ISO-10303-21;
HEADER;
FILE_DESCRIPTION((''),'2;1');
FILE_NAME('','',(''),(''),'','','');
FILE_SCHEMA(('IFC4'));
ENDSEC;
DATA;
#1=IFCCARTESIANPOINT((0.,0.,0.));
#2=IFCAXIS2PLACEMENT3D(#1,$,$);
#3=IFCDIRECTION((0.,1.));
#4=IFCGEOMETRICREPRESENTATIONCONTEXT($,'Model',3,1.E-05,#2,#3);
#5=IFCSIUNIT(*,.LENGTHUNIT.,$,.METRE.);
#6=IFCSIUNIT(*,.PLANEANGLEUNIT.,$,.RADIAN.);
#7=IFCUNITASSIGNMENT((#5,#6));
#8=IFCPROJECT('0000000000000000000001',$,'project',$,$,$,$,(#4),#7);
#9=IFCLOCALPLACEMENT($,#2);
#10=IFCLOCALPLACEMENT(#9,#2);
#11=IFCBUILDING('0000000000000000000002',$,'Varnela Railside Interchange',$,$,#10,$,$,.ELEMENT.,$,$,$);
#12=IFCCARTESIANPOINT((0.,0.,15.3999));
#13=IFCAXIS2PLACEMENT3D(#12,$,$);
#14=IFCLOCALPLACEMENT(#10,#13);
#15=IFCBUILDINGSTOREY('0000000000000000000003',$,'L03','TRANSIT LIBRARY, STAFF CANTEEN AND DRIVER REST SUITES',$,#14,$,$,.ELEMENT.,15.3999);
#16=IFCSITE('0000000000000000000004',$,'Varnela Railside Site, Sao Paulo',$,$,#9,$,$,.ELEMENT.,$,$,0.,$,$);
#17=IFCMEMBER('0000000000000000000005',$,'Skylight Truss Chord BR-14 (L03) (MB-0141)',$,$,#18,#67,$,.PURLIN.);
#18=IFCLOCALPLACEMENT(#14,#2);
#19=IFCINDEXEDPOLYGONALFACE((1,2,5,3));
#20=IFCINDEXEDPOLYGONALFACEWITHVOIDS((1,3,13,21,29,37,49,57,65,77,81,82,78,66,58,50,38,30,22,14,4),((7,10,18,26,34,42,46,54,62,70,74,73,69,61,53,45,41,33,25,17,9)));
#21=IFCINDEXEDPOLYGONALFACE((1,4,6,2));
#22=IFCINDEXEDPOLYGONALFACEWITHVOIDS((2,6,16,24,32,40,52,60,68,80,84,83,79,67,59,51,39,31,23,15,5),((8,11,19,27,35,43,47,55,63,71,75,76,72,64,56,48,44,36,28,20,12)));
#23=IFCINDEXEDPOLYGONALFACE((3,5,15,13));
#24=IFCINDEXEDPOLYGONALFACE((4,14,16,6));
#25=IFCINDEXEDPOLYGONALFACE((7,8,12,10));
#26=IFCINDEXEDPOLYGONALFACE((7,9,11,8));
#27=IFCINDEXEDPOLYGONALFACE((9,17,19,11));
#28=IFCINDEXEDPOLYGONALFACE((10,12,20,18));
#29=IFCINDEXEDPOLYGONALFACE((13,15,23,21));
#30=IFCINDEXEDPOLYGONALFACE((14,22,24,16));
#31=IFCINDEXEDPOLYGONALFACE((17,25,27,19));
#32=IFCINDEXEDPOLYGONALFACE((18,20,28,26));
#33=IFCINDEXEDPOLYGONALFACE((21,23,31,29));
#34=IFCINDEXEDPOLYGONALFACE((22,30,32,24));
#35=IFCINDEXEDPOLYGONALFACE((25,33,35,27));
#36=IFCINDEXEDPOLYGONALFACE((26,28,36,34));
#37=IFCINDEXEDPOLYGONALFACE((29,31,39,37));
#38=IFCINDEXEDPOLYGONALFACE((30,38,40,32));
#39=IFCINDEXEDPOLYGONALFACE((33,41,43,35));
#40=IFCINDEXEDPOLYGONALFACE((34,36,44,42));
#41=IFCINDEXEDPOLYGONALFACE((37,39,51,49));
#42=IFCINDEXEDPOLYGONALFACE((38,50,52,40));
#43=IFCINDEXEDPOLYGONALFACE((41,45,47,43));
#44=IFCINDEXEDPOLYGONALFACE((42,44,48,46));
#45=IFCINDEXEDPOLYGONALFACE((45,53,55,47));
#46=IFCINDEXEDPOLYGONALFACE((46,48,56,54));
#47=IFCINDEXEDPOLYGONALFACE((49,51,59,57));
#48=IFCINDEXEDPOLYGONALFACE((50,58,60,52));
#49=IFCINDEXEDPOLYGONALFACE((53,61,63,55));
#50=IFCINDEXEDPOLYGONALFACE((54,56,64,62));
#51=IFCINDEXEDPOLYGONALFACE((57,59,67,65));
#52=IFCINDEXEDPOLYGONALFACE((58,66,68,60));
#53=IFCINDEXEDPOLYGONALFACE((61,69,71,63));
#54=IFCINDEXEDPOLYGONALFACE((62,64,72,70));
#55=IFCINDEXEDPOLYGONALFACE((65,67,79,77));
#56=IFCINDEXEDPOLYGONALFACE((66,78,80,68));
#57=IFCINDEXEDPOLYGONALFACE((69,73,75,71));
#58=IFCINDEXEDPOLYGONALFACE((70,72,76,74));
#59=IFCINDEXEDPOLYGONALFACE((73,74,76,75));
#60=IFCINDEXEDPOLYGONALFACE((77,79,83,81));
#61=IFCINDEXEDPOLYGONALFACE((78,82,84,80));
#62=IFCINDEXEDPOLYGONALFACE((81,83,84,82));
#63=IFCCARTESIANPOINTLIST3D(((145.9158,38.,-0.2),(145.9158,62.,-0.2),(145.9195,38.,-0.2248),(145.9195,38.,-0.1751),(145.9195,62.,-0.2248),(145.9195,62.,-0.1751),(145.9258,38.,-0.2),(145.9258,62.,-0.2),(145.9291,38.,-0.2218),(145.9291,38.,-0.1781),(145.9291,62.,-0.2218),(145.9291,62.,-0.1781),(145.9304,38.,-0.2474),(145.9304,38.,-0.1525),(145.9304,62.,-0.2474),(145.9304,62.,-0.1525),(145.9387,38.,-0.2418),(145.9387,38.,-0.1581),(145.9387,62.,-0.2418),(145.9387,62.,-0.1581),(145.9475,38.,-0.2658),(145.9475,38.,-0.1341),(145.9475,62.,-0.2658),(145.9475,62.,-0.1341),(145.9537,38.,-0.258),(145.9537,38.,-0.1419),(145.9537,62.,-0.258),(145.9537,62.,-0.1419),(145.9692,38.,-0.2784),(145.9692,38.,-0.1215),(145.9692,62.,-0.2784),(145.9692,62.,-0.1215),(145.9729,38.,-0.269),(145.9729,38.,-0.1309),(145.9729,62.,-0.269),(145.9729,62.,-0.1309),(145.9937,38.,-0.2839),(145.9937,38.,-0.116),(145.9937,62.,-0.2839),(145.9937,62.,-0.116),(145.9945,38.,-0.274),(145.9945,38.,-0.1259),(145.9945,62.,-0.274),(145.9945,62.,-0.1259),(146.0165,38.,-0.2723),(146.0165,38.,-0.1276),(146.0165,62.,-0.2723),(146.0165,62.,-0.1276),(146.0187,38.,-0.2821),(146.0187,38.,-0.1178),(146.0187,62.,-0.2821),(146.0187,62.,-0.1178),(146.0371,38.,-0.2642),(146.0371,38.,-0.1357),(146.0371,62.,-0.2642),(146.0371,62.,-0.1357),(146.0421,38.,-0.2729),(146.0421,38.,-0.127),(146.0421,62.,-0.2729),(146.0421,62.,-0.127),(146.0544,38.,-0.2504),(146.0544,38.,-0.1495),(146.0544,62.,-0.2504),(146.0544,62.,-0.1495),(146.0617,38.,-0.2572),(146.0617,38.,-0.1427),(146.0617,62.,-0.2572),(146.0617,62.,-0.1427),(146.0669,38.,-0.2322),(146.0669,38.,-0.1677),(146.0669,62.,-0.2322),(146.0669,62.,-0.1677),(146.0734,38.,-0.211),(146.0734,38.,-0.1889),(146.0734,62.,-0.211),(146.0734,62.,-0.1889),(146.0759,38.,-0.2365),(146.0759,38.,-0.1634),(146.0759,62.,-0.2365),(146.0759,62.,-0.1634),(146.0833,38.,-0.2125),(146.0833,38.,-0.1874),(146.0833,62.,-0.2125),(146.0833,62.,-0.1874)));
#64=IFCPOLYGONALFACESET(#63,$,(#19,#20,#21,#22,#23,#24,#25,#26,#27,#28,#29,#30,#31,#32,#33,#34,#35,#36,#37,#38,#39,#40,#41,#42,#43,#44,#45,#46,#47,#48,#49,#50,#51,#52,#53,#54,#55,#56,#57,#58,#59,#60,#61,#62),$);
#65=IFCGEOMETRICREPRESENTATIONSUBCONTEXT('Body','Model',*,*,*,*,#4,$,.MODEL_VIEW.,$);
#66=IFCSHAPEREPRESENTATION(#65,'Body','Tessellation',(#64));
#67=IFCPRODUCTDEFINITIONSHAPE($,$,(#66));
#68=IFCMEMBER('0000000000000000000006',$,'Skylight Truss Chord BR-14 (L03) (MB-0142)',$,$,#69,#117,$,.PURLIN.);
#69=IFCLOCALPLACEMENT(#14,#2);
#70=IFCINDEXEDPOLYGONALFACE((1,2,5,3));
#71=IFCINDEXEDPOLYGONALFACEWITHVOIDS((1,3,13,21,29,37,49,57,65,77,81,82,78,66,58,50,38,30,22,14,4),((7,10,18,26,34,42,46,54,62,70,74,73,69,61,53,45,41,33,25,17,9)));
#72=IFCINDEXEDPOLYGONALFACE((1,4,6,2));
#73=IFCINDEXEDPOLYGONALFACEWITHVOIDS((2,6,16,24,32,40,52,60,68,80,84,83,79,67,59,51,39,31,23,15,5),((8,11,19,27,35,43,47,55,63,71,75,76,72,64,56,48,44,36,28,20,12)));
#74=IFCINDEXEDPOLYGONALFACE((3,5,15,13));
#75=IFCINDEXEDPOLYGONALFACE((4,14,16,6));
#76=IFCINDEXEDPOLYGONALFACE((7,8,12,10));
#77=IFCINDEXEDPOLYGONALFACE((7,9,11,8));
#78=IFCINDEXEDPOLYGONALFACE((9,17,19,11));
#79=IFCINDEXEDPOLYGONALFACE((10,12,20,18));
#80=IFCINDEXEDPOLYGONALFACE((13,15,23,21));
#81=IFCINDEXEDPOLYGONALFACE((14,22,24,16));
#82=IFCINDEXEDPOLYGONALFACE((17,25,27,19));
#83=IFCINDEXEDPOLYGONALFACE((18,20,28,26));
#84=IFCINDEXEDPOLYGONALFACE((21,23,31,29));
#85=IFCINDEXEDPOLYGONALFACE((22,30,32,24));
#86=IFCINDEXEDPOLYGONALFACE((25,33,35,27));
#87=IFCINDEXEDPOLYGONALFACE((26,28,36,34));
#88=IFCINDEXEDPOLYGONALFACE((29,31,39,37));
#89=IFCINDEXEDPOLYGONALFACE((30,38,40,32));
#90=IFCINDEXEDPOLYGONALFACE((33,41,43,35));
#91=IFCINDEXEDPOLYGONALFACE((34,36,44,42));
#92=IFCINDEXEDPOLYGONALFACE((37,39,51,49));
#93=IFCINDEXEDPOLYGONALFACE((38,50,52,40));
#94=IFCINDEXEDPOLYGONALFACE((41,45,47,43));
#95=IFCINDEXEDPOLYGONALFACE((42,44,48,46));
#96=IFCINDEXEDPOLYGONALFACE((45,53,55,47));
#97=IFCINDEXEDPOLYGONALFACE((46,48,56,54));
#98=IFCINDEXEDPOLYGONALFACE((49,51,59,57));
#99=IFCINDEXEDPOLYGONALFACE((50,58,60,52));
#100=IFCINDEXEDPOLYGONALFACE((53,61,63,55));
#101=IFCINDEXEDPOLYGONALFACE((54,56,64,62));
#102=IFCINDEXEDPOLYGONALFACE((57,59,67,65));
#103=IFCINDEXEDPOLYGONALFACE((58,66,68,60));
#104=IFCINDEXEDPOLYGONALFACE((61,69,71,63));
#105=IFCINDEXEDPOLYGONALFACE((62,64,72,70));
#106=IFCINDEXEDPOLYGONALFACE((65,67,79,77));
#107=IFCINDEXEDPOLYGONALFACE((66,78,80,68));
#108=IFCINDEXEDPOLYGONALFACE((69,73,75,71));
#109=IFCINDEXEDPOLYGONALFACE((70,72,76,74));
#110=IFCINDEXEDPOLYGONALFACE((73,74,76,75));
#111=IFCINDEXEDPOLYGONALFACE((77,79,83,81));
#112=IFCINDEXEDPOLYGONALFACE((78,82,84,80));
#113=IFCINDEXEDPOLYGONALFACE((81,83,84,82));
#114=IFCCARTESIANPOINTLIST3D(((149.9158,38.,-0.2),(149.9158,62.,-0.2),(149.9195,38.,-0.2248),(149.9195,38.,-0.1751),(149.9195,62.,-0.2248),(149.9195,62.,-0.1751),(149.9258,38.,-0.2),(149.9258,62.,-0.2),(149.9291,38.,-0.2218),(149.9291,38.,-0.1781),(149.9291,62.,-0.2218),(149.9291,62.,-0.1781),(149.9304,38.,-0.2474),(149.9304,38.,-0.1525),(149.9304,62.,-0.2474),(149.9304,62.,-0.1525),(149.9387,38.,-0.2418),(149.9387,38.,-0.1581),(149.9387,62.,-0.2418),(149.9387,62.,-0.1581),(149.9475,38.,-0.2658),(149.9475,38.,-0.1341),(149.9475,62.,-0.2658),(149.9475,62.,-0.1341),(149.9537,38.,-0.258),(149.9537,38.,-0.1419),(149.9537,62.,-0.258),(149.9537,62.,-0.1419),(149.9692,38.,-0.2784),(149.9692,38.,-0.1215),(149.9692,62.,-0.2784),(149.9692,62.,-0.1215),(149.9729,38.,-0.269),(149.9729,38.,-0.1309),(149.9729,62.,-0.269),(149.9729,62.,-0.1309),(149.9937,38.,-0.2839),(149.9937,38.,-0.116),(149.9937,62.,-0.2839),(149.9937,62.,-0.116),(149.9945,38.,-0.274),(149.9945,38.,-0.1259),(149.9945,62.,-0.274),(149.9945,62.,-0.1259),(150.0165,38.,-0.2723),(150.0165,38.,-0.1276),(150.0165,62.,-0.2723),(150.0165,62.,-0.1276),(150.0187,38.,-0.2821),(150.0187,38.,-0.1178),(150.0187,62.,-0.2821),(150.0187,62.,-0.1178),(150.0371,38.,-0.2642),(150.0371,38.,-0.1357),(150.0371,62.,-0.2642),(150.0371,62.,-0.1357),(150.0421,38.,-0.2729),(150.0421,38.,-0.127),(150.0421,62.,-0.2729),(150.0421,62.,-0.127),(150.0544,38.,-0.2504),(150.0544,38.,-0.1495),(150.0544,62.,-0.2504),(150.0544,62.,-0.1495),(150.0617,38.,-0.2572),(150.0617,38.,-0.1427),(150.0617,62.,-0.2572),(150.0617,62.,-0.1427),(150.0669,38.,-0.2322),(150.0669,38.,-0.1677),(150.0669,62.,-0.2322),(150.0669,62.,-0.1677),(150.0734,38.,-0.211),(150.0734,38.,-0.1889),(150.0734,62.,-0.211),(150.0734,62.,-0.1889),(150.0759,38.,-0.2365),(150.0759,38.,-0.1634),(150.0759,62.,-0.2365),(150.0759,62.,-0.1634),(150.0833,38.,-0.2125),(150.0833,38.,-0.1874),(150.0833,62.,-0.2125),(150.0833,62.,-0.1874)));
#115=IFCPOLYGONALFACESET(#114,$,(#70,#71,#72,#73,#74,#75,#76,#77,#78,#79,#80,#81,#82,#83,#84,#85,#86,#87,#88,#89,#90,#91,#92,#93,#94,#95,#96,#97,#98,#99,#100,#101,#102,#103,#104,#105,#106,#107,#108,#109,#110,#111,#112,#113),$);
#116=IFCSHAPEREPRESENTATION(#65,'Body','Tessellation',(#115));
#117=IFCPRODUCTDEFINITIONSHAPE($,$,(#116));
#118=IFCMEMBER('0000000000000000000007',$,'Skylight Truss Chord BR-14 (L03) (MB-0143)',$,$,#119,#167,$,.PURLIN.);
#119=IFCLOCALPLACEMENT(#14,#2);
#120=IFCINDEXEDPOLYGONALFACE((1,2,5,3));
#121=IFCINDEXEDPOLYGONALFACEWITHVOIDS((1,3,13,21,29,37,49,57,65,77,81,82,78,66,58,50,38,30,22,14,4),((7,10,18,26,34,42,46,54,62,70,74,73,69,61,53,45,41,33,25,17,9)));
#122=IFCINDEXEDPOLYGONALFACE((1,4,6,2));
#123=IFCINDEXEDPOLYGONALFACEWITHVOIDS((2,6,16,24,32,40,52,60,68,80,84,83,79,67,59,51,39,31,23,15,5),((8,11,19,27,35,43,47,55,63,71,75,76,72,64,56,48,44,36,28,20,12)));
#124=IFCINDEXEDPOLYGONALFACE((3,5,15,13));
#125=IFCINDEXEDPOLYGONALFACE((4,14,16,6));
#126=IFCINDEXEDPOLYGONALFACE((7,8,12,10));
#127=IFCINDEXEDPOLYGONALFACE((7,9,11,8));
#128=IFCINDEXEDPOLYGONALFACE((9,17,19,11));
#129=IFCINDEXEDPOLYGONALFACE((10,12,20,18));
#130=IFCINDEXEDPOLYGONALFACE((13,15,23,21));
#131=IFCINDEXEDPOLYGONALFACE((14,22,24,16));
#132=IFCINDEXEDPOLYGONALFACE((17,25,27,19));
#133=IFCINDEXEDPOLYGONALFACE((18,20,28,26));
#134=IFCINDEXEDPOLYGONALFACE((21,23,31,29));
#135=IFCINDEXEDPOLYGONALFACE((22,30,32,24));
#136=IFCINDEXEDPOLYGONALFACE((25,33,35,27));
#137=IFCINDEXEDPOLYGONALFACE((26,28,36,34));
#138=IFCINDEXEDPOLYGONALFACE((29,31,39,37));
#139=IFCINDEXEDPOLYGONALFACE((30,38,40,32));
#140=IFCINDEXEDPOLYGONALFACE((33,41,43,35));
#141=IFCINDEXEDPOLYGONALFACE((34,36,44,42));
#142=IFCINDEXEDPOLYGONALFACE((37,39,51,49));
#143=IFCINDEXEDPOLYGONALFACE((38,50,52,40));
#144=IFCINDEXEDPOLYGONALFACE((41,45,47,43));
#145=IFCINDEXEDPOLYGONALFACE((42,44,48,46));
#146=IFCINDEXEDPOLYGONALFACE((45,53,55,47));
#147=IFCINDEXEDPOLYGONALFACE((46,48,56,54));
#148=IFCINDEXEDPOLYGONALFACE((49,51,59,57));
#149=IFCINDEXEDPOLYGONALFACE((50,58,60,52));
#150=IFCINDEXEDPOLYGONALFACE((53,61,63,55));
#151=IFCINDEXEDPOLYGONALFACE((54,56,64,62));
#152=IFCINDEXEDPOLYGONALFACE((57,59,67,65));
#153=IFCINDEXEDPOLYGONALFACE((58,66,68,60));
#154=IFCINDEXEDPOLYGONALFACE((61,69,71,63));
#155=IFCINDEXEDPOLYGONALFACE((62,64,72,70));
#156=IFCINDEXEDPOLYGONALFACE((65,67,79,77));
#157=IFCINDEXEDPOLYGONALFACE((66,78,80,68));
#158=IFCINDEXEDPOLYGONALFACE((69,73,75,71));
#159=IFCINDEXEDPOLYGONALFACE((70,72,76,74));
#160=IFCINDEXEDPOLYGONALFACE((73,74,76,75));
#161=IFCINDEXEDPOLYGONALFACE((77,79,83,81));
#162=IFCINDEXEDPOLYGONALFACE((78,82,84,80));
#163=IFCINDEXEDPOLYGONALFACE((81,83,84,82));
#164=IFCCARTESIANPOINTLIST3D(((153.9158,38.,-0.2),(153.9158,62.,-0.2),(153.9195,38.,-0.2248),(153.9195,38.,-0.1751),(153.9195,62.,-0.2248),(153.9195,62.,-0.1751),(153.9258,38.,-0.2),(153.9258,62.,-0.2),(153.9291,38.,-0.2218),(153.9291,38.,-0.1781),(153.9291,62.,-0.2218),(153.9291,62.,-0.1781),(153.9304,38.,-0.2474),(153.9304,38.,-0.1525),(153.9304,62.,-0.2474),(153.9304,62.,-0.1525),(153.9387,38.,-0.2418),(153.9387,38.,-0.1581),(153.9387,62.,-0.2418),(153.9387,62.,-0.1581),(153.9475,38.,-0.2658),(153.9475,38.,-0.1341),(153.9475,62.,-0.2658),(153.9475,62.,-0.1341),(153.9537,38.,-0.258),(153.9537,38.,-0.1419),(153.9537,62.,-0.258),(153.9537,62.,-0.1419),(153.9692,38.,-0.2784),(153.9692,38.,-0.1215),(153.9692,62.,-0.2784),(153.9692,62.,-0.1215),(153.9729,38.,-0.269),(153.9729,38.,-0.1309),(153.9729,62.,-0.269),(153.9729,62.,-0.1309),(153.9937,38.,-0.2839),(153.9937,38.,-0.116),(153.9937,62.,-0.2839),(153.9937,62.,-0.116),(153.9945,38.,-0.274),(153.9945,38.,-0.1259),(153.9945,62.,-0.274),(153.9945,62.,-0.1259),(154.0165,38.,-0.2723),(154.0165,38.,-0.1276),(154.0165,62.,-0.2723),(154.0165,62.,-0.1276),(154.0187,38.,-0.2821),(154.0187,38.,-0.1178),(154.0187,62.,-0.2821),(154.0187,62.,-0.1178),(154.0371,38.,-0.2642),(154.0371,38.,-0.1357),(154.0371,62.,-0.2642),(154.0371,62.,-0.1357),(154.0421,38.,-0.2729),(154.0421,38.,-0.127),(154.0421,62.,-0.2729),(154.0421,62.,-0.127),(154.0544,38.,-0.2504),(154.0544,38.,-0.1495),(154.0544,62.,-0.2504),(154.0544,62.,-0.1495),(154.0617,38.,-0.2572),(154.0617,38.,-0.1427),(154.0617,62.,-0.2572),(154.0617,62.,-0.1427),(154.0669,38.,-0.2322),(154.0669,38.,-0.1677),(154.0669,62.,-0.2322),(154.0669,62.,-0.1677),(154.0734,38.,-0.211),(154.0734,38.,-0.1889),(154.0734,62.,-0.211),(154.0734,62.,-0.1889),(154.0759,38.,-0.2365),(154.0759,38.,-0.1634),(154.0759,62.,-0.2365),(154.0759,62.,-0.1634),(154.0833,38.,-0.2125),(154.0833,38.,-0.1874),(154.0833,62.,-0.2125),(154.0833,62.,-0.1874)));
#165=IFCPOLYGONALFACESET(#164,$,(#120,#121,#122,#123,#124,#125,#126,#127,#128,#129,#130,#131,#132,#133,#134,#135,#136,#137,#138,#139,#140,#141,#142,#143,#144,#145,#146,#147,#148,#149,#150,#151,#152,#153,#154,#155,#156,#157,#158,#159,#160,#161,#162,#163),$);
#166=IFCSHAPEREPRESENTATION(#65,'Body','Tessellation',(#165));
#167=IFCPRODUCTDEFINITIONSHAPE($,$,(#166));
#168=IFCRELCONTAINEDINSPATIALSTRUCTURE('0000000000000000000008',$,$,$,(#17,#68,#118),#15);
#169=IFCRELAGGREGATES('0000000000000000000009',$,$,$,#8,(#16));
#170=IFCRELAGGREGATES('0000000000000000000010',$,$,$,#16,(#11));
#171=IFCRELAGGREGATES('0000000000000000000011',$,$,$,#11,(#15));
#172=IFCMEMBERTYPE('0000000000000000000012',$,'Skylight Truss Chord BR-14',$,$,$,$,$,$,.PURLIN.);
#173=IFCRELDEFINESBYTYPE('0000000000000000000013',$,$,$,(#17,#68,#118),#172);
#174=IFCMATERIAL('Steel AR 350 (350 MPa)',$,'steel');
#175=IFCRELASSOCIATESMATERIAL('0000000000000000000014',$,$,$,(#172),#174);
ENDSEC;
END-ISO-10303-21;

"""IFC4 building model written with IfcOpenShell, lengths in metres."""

from ifc_helpers import new_model, si_unit, direction, frame, origin, origin_2d, place, context, subcontext, project, spatial, hollow_circle, extrude, material, material_profile, profile_set, type_object, element, save


model = new_model("IFC4")

# Units and contexts
model_context = context("Model", 3, precision=1e-05, world=origin(), true_north=direction((0.0, 1.0)))
body_context = subcontext(model_context, "Body", "Model", "MODEL_VIEW")
ifc_project = project(units=[si_unit("LENGTHUNIT", "METRE"), si_unit("PLANEANGLEUNIT", "RADIAN")], contexts=[model_context])

# Site, building, storey
site_placement = place(None, origin())
site = spatial("IfcSite", under=ifc_project, at=site_placement, Name="Varnela Railside Site, Sao Paulo", CompositionType="ELEMENT", RefElevation=0.0)
building_placement = place(site_placement, origin())
building = spatial("IfcBuilding", under=site, at=building_placement, Name="Varnela Railside Interchange", CompositionType="ELEMENT")
storey_placement = place(building_placement, frame((0.0, 0.0, 15.3999)))
storey = spatial("IfcBuildingStorey", under=building, at=storey_placement, Name="L03", Description="TRANSIT LIBRARY, STAFF CANTEEN AND DRIVER REST SUITES", CompositionType="ELEMENT", Elevation=15.3999)

# Shared definitions
ifc_material_1 = material(Name="Steel AR 350 (350 MPa)", Category="steel")

# Members
ifc_material_profile_1 = material_profile(ifc_material_1, hollow_circle(Radius=0.0842, WallThickness=0.01, at=origin_2d()), Name="CHS 168.3x10")
ifc_profile_set_1 = profile_set([ifc_material_profile_1], Name="Steel AR 350 (350 MPa)")
member_type_1 = type_object("IfcMemberType", Name="Skylight Truss Chord BR-14", PredefinedType="PURLIN", material=ifc_profile_set_1)
for number, where, z_axis, x_axis, name in (
    (1, (146.0, 38.0, -0.2), (0.0, 1.0, 0.0), (-1.0, 0.0, 0.0), "Skylight Truss Chord BR-14 (L03) (MB-0141)"),
    (2, (150.0, 38.0, -0.2), (0.0, 1.0, 0.0), (-1.0, 0.0, 0.0), "Skylight Truss Chord BR-14 (L03) (MB-0142)"),
    (3, (154.0, 38.0, -0.2), (0.0, 1.0, 0.0), (-1.0, 0.0, 0.0), "Skylight Truss Chord BR-14 (L03) (MB-0143)"),
):
    element("IfcMember", number, at=place(storey_placement, frame(where, z_axis=z_axis, x_axis=x_axis)), inside=storey, type_object=member_type_1, Name=name, PredefinedType="PURLIN", context=body_context, shape_type="SweptSolid", body=[
        extrude(hollow_circle(Radius=0.0842, WallThickness=0.01, at=origin_2d()), origin(), (0.0, 0.0, 1.0), 24.0),
    ])

save(model, "model.ifc")
